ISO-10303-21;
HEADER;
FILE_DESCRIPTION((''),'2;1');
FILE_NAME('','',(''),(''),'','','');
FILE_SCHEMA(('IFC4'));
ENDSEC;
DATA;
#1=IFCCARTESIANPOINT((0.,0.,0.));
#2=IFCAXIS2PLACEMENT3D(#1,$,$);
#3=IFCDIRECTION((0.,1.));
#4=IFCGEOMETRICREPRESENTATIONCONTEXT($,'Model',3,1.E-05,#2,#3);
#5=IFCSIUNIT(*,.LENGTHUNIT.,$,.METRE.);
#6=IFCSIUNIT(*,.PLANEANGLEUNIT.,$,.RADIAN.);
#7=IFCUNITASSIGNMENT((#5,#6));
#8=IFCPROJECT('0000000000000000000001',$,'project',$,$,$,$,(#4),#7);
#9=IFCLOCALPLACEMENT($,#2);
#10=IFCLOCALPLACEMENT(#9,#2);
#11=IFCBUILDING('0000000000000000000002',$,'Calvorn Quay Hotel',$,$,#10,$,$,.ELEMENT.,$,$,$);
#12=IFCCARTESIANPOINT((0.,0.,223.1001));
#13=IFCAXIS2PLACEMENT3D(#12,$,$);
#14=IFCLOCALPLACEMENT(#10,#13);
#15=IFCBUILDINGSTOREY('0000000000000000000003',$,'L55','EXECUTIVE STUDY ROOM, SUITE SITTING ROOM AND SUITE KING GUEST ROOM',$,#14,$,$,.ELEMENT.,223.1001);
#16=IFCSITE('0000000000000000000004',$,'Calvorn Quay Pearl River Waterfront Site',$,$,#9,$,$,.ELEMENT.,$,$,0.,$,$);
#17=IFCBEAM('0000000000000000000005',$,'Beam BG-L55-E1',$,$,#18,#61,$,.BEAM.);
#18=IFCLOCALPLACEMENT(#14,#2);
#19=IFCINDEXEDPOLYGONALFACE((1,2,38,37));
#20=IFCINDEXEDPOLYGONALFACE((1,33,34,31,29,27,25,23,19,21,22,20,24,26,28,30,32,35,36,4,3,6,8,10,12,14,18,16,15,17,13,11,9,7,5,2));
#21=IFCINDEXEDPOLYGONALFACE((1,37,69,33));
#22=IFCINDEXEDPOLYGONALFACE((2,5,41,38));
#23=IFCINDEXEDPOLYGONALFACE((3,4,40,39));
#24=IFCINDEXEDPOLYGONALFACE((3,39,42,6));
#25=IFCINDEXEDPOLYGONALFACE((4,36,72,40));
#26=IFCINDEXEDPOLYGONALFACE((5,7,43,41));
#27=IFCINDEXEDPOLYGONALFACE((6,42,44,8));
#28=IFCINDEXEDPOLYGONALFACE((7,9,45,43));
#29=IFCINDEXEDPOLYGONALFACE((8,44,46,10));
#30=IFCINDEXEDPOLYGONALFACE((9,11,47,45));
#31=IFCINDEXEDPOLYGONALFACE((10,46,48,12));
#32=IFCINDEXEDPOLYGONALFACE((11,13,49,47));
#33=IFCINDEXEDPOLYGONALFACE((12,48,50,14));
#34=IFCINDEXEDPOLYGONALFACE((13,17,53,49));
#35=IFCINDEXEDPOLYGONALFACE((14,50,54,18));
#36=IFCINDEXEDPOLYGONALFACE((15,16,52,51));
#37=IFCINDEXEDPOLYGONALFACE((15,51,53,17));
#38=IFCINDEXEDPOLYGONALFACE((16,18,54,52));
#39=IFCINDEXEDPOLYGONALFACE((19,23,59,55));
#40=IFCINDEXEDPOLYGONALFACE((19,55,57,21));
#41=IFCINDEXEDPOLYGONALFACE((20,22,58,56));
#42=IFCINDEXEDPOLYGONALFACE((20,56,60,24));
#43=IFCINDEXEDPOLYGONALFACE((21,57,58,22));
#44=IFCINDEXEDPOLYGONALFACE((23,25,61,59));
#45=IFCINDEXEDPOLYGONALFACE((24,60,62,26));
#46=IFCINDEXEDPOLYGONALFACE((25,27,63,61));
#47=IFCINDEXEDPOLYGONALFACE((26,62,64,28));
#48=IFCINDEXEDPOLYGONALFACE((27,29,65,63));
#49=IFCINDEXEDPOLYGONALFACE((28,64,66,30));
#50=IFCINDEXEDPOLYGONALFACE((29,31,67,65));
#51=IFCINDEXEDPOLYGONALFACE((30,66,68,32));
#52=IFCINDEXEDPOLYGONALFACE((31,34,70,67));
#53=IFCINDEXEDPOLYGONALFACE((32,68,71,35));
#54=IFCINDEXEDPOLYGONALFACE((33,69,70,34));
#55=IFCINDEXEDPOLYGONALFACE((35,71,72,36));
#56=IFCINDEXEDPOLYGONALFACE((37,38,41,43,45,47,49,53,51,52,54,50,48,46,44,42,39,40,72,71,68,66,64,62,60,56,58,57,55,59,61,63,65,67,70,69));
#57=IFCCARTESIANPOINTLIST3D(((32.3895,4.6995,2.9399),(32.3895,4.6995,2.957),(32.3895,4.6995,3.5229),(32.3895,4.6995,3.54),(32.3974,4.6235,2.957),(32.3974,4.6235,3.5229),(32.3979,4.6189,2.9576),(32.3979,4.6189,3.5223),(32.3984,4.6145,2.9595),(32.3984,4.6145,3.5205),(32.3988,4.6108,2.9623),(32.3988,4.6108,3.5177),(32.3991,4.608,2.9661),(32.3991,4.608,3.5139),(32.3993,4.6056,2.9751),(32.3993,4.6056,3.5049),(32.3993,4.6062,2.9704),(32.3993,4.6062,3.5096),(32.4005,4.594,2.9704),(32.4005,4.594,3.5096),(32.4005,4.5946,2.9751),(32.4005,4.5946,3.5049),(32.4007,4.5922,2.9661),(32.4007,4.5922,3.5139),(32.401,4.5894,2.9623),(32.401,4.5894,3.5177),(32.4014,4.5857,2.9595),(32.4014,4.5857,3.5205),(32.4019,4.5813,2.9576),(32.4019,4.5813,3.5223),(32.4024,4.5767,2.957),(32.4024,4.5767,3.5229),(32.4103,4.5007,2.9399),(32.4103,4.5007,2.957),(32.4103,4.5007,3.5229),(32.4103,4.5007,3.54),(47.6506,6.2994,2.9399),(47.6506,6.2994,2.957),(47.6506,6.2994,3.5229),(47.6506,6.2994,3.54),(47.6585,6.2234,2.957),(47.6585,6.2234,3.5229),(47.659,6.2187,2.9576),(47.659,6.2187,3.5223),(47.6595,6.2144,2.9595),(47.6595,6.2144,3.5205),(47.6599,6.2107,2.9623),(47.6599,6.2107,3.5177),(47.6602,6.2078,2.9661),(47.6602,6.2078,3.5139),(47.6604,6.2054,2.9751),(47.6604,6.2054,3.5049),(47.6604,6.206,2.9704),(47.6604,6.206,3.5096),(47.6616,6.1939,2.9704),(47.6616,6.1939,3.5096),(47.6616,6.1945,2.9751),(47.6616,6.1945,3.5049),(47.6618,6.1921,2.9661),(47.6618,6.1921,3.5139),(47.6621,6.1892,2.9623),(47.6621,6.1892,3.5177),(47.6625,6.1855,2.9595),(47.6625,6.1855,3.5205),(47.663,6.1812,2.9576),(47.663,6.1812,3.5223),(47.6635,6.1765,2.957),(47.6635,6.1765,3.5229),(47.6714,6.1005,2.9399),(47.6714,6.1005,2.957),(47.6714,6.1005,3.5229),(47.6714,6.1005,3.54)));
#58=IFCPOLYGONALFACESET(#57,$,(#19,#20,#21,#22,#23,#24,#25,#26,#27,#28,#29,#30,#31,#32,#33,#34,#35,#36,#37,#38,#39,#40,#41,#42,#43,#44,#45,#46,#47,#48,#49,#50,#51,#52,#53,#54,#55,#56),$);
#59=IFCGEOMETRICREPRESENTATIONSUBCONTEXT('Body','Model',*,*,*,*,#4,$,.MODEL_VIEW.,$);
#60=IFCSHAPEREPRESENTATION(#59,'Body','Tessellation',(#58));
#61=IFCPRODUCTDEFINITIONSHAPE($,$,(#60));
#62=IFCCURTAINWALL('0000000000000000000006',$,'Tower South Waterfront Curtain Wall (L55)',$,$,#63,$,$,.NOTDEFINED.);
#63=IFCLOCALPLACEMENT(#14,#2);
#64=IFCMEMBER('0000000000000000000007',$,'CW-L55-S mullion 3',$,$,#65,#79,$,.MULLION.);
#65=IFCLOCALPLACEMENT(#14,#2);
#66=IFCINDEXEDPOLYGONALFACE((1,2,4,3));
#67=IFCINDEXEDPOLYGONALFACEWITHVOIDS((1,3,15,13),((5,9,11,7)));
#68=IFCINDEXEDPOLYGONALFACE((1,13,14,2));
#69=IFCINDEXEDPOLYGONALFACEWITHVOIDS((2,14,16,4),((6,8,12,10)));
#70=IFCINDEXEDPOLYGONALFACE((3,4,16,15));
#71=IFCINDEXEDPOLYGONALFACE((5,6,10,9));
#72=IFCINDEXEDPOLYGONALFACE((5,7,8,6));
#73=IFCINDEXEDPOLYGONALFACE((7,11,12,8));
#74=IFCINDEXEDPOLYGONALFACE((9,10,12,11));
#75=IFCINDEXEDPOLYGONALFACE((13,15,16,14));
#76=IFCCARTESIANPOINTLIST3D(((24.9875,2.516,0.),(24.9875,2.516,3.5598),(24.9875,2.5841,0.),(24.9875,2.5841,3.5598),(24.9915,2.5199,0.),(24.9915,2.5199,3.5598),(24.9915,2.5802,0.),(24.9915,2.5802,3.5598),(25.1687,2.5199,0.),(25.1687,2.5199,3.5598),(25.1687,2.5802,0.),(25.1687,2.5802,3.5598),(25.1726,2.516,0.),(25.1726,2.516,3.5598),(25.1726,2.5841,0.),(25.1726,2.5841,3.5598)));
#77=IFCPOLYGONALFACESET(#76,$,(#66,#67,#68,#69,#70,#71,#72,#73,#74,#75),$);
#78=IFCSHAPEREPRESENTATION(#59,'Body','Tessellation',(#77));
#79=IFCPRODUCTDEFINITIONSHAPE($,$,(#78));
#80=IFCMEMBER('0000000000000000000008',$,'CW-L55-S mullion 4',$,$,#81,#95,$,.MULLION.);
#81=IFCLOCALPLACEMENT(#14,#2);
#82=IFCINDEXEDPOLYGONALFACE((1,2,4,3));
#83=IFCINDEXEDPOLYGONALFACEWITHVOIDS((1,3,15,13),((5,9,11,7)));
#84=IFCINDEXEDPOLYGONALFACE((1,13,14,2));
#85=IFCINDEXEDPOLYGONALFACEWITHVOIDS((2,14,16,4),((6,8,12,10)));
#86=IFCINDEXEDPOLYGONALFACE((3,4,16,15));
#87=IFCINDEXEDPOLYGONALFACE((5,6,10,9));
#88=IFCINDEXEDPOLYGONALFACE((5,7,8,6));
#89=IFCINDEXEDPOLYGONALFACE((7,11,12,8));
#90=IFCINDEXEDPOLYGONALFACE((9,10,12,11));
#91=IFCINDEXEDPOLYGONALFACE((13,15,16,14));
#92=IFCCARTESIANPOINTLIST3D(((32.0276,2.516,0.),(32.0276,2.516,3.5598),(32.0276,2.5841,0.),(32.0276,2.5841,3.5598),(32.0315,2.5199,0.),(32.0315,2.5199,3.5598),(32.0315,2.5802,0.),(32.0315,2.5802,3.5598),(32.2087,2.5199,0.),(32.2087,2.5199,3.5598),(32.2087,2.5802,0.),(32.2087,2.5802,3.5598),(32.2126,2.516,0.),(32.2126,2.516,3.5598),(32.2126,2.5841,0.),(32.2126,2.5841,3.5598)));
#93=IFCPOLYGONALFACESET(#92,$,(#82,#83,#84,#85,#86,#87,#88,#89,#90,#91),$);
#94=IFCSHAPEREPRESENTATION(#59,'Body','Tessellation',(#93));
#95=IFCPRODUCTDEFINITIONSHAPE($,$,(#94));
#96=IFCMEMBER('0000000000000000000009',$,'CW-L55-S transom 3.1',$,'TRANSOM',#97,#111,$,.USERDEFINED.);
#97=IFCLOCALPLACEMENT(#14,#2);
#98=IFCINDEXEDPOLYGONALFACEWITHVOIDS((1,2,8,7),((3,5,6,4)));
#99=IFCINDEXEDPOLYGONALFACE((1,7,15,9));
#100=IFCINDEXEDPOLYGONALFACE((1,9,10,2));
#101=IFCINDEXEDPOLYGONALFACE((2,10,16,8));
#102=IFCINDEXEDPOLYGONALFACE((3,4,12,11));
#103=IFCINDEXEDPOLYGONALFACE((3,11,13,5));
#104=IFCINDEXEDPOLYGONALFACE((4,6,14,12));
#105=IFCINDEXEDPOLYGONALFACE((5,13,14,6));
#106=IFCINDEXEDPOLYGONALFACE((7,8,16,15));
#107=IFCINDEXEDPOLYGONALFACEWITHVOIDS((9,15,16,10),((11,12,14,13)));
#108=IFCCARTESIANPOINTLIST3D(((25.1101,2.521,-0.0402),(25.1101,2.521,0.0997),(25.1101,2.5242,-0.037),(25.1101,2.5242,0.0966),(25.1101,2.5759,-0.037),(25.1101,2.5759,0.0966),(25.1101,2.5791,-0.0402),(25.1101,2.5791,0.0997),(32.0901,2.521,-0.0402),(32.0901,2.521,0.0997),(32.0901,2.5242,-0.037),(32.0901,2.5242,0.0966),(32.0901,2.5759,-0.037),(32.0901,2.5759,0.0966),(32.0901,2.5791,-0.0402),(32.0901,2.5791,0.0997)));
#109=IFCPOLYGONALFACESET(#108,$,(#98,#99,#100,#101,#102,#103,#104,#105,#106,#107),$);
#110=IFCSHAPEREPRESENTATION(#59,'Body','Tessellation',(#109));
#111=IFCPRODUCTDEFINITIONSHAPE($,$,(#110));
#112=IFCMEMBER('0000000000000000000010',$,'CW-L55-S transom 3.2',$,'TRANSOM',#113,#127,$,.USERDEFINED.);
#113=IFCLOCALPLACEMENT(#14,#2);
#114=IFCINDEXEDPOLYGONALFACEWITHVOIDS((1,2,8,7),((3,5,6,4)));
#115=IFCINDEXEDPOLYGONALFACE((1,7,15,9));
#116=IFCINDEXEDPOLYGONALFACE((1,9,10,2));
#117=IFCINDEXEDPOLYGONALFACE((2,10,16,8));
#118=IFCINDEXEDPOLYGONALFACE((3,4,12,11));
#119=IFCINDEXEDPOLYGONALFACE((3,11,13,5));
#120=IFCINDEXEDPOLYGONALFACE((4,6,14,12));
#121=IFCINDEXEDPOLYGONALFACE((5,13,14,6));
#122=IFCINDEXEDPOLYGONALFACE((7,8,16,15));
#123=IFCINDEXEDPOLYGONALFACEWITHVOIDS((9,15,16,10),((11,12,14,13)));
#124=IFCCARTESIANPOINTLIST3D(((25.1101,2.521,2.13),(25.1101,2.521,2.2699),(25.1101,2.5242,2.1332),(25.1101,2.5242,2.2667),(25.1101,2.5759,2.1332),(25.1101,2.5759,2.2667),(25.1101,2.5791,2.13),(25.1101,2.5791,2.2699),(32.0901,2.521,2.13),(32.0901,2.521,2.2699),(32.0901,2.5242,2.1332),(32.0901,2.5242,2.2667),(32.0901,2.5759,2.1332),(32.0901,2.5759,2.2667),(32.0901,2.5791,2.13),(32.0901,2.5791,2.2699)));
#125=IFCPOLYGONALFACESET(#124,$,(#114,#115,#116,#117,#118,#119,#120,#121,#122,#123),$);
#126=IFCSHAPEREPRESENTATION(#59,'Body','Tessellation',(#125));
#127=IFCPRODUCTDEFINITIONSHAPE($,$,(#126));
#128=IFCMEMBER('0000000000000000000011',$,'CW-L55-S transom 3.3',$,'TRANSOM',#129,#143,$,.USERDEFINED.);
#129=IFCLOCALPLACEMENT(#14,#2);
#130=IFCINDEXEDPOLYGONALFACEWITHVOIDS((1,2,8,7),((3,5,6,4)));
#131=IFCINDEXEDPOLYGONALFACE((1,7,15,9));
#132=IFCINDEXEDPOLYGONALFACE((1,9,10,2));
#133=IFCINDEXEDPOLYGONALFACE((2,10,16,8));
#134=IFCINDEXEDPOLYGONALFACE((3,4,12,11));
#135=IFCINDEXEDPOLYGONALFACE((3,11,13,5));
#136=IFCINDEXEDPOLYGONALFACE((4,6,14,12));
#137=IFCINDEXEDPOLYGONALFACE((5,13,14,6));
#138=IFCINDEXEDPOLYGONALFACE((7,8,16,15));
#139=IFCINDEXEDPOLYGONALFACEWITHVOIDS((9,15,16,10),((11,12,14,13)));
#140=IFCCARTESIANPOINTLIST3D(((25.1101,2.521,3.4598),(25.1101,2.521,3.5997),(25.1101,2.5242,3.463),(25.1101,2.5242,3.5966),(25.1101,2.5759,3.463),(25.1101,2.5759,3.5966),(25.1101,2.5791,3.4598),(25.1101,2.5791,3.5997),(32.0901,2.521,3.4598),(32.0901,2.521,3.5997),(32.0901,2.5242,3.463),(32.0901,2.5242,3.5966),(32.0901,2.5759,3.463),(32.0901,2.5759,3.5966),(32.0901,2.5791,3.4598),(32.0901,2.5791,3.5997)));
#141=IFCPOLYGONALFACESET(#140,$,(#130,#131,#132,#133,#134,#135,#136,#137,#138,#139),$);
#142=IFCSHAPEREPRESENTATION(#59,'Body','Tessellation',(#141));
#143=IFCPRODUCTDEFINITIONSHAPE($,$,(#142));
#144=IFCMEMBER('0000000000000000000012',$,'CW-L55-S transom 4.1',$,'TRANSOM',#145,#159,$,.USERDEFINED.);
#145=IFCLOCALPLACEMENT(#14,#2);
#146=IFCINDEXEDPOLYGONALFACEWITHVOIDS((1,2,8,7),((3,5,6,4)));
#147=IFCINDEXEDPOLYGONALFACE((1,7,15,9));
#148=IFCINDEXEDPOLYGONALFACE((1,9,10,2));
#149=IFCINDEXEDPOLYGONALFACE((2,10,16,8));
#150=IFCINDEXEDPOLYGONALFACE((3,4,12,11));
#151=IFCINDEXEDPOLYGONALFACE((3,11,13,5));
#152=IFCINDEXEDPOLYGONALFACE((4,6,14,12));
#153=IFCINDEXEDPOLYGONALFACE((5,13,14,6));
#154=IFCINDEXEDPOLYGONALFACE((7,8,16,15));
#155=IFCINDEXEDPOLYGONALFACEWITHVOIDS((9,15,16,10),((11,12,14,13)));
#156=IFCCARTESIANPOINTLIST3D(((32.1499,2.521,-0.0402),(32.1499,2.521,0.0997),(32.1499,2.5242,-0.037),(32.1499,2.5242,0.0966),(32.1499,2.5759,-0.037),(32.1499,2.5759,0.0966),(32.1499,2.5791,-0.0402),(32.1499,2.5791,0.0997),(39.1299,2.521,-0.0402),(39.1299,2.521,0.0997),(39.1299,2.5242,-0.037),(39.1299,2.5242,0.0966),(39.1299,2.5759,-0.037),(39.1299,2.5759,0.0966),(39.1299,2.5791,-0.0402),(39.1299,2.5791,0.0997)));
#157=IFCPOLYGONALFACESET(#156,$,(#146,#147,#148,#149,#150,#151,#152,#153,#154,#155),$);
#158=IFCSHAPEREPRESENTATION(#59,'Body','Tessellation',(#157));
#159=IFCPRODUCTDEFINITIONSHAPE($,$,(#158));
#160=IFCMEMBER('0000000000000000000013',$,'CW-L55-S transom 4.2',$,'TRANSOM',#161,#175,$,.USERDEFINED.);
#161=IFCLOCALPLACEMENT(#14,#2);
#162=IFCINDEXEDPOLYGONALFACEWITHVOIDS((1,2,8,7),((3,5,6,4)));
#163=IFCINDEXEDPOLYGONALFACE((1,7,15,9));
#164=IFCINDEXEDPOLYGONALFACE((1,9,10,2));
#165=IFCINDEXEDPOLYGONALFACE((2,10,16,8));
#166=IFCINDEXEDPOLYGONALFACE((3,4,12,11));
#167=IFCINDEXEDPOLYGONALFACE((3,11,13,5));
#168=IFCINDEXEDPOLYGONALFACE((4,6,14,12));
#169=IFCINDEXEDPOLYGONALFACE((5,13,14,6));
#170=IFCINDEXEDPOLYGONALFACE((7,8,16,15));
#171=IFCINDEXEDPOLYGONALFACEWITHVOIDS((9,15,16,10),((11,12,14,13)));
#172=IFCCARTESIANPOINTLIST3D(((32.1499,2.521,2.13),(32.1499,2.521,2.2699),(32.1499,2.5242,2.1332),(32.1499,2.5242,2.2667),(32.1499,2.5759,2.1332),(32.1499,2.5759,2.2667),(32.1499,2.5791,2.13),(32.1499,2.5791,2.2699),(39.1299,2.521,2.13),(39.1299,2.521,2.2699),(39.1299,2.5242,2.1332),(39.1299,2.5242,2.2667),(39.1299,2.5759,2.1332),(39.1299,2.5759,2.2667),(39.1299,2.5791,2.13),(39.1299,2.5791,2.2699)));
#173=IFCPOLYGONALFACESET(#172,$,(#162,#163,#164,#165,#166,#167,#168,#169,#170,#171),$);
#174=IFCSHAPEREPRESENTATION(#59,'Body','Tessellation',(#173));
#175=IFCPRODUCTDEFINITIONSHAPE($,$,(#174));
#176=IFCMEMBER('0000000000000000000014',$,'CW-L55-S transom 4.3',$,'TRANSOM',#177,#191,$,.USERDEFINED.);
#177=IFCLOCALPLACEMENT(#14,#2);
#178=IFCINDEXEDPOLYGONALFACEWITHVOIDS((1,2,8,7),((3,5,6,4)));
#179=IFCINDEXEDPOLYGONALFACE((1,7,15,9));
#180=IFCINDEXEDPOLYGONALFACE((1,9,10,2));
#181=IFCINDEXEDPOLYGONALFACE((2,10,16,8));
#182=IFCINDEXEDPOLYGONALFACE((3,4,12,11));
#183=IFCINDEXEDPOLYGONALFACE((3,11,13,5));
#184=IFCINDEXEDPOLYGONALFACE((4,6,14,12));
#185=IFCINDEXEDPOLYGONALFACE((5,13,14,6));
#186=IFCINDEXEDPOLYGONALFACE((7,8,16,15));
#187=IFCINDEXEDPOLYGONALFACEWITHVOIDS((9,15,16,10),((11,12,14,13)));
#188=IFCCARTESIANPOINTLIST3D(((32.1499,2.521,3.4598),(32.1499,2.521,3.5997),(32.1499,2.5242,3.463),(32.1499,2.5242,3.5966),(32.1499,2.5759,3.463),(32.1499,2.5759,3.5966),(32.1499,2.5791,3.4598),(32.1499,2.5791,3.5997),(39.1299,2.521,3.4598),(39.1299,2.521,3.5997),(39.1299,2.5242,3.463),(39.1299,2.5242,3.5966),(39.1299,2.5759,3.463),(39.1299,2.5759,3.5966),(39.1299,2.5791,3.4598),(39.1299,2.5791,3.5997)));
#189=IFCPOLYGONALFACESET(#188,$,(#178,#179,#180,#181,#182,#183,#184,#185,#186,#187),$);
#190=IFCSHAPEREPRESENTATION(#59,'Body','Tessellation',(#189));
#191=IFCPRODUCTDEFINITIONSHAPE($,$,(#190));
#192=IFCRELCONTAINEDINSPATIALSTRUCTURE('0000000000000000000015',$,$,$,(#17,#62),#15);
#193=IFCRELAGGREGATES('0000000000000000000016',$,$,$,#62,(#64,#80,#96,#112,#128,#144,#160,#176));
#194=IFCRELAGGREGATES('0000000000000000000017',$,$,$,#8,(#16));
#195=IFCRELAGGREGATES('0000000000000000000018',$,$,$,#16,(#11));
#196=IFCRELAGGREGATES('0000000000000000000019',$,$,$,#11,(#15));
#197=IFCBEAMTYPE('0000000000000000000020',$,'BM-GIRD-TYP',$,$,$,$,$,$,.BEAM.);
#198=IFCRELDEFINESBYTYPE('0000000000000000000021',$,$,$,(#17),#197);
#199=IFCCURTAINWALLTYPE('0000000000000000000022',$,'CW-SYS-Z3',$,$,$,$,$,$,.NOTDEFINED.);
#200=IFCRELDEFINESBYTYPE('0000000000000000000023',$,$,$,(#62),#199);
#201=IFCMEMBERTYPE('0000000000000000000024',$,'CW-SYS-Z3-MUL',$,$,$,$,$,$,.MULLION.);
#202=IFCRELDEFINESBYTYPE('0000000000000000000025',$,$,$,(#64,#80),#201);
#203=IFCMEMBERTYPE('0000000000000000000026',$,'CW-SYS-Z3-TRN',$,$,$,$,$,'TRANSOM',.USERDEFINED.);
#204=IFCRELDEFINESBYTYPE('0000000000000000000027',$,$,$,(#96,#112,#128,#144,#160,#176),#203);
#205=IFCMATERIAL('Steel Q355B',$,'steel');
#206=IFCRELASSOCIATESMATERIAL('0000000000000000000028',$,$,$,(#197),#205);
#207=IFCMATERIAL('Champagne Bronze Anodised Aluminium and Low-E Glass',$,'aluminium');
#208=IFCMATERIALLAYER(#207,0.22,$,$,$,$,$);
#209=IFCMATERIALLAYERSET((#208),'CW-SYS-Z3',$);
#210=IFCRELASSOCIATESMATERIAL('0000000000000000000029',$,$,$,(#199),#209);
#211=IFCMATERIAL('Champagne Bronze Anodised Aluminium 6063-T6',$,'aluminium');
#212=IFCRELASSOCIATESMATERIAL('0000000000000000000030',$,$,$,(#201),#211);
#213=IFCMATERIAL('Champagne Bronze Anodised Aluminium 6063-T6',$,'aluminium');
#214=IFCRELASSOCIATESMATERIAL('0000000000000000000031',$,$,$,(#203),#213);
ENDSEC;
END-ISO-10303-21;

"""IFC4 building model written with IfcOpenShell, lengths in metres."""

from ifc_helpers import new_model, si_unit, direction, frame, origin, origin_2d, place, context, subcontext, project, spatial, hollow_rectangle, i_section, extrude, material, layer, layer_set, material_profile, profile_set, type_object, element, aggregate, save


model = new_model("IFC4")

# Units and contexts
model_context = context("Model", 3, precision=1e-05, world=origin(), true_north=direction((0.0, 1.0)))
body_context = subcontext(model_context, "Body", "Model", "MODEL_VIEW")
ifc_project = project(units=[si_unit("LENGTHUNIT", "METRE"), si_unit("PLANEANGLEUNIT", "RADIAN")], contexts=[model_context])

# Site, building, storey
site_placement = place(None, origin())
site = spatial("IfcSite", under=ifc_project, at=site_placement, Name="Calvorn Quay Pearl River Waterfront Site", CompositionType="ELEMENT", RefElevation=0.0)
building_placement = place(site_placement, origin())
building = spatial("IfcBuilding", under=site, at=building_placement, Name="Calvorn Quay Hotel", CompositionType="ELEMENT")
storey_placement = place(building_placement, frame((0.0, 0.0, 223.1001)))
storey = spatial("IfcBuildingStorey", under=building, at=storey_placement, Name="L55", Description="EXECUTIVE STUDY ROOM, SUITE SITTING ROOM AND SUITE KING GUEST ROOM", CompositionType="ELEMENT", Elevation=223.1001)

# Beam
ifc_material_1 = material(Name="Steel Q355B", Category="steel")
ifc_material_profile_1 = material_profile(ifc_material_1, i_section(OverallWidth=0.2, OverallDepth=0.6001, WebThickness=0.011, FlangeThickness=0.0171, FilletRadius=0.0181, at=origin_2d()), Name="HN600x200x11x17")
ifc_profile_set_1 = profile_set([ifc_material_profile_1], Name="Steel Q355B")
beam_type = type_object("IfcBeamType", Name="BM-GIRD-TYP", PredefinedType="BEAM", material=ifc_profile_set_1)
beam_placement = place(storey_placement, frame((32.3999, 4.6001, 3.24), z_axis=(0.99455, 0.104262, 0.0), x_axis=(-0.104262, 0.99455, 0.0)))
element("IfcBeam", 1, at=beam_placement, inside=storey, type_object=beam_type, Name="Beam BG-L55-E1", PredefinedType="BEAM", context=body_context, shape_type="SweptSolid", body=[
    extrude(i_section(OverallWidth=0.2, OverallDepth=0.6001, WebThickness=0.011, FlangeThickness=0.0171, FilletRadius=0.0181, at=origin_2d()), origin(), (0.0, 0.0, 1.0), 15.3447),
])

# Curtain wall, members
ifc_material_2 = material(Name="Champagne Bronze Anodised Aluminium and Low-E Glass", Category="aluminium")
ifc_layer_1 = layer(ifc_material_2, 0.22)
ifc_layer_set_1 = layer_set([ifc_layer_1], Name="CW-SYS-Z3")
curtain_wall_type = type_object("IfcCurtainWallType", Name="CW-SYS-Z3", PredefinedType="NOTDEFINED", material=ifc_layer_set_1)
curtain_wall_placement = place(storey_placement, origin())
curtain_wall = element("IfcCurtainWall", 2, at=curtain_wall_placement, inside=storey, type_object=curtain_wall_type, Name="Tower South Waterfront Curtain Wall (L55)", PredefinedType="NOTDEFINED")
ifc_material_3 = material(Name="Champagne Bronze Anodised Aluminium 6063-T6", Category="aluminium")
ifc_material_profile_2 = material_profile(ifc_material_3, hollow_rectangle(XDim=0.0681, YDim=0.1851, WallThickness=0.0039, at=origin_2d()), Name="ALU-M185x68x4")
ifc_profile_set_2 = profile_set([ifc_material_profile_2], Name="Champagne Bronze Anodised Aluminium 6063-T6")
member_type_1 = type_object("IfcMemberType", Name="CW-SYS-Z3-MUL", PredefinedType="MULLION", material=ifc_profile_set_2)
member_1_placement = place(storey_placement, frame((25.0801, 2.55, 0.0), z_axis=(0.0, 0.0, 1.0), x_axis=(0.0, 1.0, 0.0)))
member_1 = element("IfcMember", 3, at=member_1_placement, type_object=member_type_1, Name="CW-L55-S mullion 3", PredefinedType="MULLION", context=body_context, shape_type="SweptSolid", body=[
    extrude(hollow_rectangle(XDim=0.0681, YDim=0.1851, WallThickness=0.0039, at=origin_2d()), origin(), (0.0, 0.0, 1.0), 3.5598),
])
member_2_placement = place(storey_placement, frame((32.1201, 2.55, 0.0), z_axis=(0.0, 0.0, 1.0), x_axis=(0.0, 1.0, 0.0)))
member_2 = element("IfcMember", 4, at=member_2_placement, type_object=member_type_1, Name="CW-L55-S mullion 4", PredefinedType="MULLION", context=body_context, shape_type="SweptSolid", body=[
    extrude(hollow_rectangle(XDim=0.0681, YDim=0.1851, WallThickness=0.0039, at=origin_2d()), origin(), (0.0, 0.0, 1.0), 3.5598),
])
ifc_material_4 = material(Name="Champagne Bronze Anodised Aluminium 6063-T6", Category="aluminium")
ifc_material_profile_3 = material_profile(ifc_material_4, hollow_rectangle(XDim=0.0581, YDim=0.1399, WallThickness=0.0032, at=origin_2d()), Name="ALU-T140x58x3.2")
ifc_profile_set_3 = profile_set([ifc_material_profile_3], Name="Champagne Bronze Anodised Aluminium 6063-T6")
member_type_2 = type_object("IfcMemberType", Name="CW-SYS-Z3-TRN", ElementType="TRANSOM", PredefinedType="USERDEFINED", material=ifc_profile_set_3)
member_3_placement = place(storey_placement, frame((25.1101, 2.55, 0.0298), z_axis=(1.0, 0.0, 0.0), x_axis=(0.0, 1.0, 0.0)))
member_3 = element("IfcMember", 5, at=member_3_placement, type_object=member_type_2, Name="CW-L55-S transom 3.1", ObjectType="TRANSOM", PredefinedType="USERDEFINED", context=body_context, shape_type="SweptSolid", body=[
    extrude(hollow_rectangle(XDim=0.0581, YDim=0.1399, WallThickness=0.0032, at=origin_2d()), origin(), (0.0, 0.0, 1.0), 6.98),
])
member_4_placement = place(storey_placement, frame((25.1101, 2.55, 2.2), z_axis=(1.0, 0.0, 0.0), x_axis=(0.0, 1.0, 0.0)))
member_4 = element("IfcMember", 6, at=member_4_placement, type_object=member_type_2, Name="CW-L55-S transom 3.2", ObjectType="TRANSOM", PredefinedType="USERDEFINED", context=body_context, shape_type="SweptSolid", body=[
    extrude(hollow_rectangle(XDim=0.0581, YDim=0.1399, WallThickness=0.0032, at=origin_2d()), origin(), (0.0, 0.0, 1.0), 6.98),
])
member_5_placement = place(storey_placement, frame((25.1101, 2.55, 3.5298), z_axis=(1.0, 0.0, 0.0), x_axis=(0.0, 1.0, 0.0)))
member_5 = element("IfcMember", 7, at=member_5_placement, type_object=member_type_2, Name="CW-L55-S transom 3.3", ObjectType="TRANSOM", PredefinedType="USERDEFINED", context=body_context, shape_type="SweptSolid", body=[
    extrude(hollow_rectangle(XDim=0.0581, YDim=0.1399, WallThickness=0.0032, at=origin_2d()), origin(), (0.0, 0.0, 1.0), 6.98),
])
member_6_placement = place(storey_placement, frame((32.1499, 2.55, 0.0298), z_axis=(1.0, 0.0, 0.0), x_axis=(0.0, 1.0, 0.0)))
member_6 = element("IfcMember", 8, at=member_6_placement, type_object=member_type_2, Name="CW-L55-S transom 4.1", ObjectType="TRANSOM", PredefinedType="USERDEFINED", context=body_context, shape_type="SweptSolid", body=[
    extrude(hollow_rectangle(XDim=0.0581, YDim=0.1399, WallThickness=0.0032, at=origin_2d()), origin(), (0.0, 0.0, 1.0), 6.98),
])
member_7_placement = place(storey_placement, frame((32.1499, 2.55, 2.2), z_axis=(1.0, 0.0, 0.0), x_axis=(0.0, 1.0, 0.0)))
member_7 = element("IfcMember", 9, at=member_7_placement, type_object=member_type_2, Name="CW-L55-S transom 4.2", ObjectType="TRANSOM", PredefinedType="USERDEFINED", context=body_context, shape_type="SweptSolid", body=[
    extrude(hollow_rectangle(XDim=0.0581, YDim=0.1399, WallThickness=0.0032, at=origin_2d()), origin(), (0.0, 0.0, 1.0), 6.98),
])
member_8_placement = place(storey_placement, frame((32.1499, 2.55, 3.5298), z_axis=(1.0, 0.0, 0.0), x_axis=(0.0, 1.0, 0.0)))
member_8 = element("IfcMember", 10, at=member_8_placement, type_object=member_type_2, Name="CW-L55-S transom 4.3", ObjectType="TRANSOM", PredefinedType="USERDEFINED", context=body_context, shape_type="SweptSolid", body=[
    extrude(hollow_rectangle(XDim=0.0581, YDim=0.1399, WallThickness=0.0032, at=origin_2d()), origin(), (0.0, 0.0, 1.0), 6.98),
])
aggregate(curtain_wall, [member_1, member_2, member_3, member_4, member_5, member_6, member_7, member_8])

save(model, "model.ifc")
